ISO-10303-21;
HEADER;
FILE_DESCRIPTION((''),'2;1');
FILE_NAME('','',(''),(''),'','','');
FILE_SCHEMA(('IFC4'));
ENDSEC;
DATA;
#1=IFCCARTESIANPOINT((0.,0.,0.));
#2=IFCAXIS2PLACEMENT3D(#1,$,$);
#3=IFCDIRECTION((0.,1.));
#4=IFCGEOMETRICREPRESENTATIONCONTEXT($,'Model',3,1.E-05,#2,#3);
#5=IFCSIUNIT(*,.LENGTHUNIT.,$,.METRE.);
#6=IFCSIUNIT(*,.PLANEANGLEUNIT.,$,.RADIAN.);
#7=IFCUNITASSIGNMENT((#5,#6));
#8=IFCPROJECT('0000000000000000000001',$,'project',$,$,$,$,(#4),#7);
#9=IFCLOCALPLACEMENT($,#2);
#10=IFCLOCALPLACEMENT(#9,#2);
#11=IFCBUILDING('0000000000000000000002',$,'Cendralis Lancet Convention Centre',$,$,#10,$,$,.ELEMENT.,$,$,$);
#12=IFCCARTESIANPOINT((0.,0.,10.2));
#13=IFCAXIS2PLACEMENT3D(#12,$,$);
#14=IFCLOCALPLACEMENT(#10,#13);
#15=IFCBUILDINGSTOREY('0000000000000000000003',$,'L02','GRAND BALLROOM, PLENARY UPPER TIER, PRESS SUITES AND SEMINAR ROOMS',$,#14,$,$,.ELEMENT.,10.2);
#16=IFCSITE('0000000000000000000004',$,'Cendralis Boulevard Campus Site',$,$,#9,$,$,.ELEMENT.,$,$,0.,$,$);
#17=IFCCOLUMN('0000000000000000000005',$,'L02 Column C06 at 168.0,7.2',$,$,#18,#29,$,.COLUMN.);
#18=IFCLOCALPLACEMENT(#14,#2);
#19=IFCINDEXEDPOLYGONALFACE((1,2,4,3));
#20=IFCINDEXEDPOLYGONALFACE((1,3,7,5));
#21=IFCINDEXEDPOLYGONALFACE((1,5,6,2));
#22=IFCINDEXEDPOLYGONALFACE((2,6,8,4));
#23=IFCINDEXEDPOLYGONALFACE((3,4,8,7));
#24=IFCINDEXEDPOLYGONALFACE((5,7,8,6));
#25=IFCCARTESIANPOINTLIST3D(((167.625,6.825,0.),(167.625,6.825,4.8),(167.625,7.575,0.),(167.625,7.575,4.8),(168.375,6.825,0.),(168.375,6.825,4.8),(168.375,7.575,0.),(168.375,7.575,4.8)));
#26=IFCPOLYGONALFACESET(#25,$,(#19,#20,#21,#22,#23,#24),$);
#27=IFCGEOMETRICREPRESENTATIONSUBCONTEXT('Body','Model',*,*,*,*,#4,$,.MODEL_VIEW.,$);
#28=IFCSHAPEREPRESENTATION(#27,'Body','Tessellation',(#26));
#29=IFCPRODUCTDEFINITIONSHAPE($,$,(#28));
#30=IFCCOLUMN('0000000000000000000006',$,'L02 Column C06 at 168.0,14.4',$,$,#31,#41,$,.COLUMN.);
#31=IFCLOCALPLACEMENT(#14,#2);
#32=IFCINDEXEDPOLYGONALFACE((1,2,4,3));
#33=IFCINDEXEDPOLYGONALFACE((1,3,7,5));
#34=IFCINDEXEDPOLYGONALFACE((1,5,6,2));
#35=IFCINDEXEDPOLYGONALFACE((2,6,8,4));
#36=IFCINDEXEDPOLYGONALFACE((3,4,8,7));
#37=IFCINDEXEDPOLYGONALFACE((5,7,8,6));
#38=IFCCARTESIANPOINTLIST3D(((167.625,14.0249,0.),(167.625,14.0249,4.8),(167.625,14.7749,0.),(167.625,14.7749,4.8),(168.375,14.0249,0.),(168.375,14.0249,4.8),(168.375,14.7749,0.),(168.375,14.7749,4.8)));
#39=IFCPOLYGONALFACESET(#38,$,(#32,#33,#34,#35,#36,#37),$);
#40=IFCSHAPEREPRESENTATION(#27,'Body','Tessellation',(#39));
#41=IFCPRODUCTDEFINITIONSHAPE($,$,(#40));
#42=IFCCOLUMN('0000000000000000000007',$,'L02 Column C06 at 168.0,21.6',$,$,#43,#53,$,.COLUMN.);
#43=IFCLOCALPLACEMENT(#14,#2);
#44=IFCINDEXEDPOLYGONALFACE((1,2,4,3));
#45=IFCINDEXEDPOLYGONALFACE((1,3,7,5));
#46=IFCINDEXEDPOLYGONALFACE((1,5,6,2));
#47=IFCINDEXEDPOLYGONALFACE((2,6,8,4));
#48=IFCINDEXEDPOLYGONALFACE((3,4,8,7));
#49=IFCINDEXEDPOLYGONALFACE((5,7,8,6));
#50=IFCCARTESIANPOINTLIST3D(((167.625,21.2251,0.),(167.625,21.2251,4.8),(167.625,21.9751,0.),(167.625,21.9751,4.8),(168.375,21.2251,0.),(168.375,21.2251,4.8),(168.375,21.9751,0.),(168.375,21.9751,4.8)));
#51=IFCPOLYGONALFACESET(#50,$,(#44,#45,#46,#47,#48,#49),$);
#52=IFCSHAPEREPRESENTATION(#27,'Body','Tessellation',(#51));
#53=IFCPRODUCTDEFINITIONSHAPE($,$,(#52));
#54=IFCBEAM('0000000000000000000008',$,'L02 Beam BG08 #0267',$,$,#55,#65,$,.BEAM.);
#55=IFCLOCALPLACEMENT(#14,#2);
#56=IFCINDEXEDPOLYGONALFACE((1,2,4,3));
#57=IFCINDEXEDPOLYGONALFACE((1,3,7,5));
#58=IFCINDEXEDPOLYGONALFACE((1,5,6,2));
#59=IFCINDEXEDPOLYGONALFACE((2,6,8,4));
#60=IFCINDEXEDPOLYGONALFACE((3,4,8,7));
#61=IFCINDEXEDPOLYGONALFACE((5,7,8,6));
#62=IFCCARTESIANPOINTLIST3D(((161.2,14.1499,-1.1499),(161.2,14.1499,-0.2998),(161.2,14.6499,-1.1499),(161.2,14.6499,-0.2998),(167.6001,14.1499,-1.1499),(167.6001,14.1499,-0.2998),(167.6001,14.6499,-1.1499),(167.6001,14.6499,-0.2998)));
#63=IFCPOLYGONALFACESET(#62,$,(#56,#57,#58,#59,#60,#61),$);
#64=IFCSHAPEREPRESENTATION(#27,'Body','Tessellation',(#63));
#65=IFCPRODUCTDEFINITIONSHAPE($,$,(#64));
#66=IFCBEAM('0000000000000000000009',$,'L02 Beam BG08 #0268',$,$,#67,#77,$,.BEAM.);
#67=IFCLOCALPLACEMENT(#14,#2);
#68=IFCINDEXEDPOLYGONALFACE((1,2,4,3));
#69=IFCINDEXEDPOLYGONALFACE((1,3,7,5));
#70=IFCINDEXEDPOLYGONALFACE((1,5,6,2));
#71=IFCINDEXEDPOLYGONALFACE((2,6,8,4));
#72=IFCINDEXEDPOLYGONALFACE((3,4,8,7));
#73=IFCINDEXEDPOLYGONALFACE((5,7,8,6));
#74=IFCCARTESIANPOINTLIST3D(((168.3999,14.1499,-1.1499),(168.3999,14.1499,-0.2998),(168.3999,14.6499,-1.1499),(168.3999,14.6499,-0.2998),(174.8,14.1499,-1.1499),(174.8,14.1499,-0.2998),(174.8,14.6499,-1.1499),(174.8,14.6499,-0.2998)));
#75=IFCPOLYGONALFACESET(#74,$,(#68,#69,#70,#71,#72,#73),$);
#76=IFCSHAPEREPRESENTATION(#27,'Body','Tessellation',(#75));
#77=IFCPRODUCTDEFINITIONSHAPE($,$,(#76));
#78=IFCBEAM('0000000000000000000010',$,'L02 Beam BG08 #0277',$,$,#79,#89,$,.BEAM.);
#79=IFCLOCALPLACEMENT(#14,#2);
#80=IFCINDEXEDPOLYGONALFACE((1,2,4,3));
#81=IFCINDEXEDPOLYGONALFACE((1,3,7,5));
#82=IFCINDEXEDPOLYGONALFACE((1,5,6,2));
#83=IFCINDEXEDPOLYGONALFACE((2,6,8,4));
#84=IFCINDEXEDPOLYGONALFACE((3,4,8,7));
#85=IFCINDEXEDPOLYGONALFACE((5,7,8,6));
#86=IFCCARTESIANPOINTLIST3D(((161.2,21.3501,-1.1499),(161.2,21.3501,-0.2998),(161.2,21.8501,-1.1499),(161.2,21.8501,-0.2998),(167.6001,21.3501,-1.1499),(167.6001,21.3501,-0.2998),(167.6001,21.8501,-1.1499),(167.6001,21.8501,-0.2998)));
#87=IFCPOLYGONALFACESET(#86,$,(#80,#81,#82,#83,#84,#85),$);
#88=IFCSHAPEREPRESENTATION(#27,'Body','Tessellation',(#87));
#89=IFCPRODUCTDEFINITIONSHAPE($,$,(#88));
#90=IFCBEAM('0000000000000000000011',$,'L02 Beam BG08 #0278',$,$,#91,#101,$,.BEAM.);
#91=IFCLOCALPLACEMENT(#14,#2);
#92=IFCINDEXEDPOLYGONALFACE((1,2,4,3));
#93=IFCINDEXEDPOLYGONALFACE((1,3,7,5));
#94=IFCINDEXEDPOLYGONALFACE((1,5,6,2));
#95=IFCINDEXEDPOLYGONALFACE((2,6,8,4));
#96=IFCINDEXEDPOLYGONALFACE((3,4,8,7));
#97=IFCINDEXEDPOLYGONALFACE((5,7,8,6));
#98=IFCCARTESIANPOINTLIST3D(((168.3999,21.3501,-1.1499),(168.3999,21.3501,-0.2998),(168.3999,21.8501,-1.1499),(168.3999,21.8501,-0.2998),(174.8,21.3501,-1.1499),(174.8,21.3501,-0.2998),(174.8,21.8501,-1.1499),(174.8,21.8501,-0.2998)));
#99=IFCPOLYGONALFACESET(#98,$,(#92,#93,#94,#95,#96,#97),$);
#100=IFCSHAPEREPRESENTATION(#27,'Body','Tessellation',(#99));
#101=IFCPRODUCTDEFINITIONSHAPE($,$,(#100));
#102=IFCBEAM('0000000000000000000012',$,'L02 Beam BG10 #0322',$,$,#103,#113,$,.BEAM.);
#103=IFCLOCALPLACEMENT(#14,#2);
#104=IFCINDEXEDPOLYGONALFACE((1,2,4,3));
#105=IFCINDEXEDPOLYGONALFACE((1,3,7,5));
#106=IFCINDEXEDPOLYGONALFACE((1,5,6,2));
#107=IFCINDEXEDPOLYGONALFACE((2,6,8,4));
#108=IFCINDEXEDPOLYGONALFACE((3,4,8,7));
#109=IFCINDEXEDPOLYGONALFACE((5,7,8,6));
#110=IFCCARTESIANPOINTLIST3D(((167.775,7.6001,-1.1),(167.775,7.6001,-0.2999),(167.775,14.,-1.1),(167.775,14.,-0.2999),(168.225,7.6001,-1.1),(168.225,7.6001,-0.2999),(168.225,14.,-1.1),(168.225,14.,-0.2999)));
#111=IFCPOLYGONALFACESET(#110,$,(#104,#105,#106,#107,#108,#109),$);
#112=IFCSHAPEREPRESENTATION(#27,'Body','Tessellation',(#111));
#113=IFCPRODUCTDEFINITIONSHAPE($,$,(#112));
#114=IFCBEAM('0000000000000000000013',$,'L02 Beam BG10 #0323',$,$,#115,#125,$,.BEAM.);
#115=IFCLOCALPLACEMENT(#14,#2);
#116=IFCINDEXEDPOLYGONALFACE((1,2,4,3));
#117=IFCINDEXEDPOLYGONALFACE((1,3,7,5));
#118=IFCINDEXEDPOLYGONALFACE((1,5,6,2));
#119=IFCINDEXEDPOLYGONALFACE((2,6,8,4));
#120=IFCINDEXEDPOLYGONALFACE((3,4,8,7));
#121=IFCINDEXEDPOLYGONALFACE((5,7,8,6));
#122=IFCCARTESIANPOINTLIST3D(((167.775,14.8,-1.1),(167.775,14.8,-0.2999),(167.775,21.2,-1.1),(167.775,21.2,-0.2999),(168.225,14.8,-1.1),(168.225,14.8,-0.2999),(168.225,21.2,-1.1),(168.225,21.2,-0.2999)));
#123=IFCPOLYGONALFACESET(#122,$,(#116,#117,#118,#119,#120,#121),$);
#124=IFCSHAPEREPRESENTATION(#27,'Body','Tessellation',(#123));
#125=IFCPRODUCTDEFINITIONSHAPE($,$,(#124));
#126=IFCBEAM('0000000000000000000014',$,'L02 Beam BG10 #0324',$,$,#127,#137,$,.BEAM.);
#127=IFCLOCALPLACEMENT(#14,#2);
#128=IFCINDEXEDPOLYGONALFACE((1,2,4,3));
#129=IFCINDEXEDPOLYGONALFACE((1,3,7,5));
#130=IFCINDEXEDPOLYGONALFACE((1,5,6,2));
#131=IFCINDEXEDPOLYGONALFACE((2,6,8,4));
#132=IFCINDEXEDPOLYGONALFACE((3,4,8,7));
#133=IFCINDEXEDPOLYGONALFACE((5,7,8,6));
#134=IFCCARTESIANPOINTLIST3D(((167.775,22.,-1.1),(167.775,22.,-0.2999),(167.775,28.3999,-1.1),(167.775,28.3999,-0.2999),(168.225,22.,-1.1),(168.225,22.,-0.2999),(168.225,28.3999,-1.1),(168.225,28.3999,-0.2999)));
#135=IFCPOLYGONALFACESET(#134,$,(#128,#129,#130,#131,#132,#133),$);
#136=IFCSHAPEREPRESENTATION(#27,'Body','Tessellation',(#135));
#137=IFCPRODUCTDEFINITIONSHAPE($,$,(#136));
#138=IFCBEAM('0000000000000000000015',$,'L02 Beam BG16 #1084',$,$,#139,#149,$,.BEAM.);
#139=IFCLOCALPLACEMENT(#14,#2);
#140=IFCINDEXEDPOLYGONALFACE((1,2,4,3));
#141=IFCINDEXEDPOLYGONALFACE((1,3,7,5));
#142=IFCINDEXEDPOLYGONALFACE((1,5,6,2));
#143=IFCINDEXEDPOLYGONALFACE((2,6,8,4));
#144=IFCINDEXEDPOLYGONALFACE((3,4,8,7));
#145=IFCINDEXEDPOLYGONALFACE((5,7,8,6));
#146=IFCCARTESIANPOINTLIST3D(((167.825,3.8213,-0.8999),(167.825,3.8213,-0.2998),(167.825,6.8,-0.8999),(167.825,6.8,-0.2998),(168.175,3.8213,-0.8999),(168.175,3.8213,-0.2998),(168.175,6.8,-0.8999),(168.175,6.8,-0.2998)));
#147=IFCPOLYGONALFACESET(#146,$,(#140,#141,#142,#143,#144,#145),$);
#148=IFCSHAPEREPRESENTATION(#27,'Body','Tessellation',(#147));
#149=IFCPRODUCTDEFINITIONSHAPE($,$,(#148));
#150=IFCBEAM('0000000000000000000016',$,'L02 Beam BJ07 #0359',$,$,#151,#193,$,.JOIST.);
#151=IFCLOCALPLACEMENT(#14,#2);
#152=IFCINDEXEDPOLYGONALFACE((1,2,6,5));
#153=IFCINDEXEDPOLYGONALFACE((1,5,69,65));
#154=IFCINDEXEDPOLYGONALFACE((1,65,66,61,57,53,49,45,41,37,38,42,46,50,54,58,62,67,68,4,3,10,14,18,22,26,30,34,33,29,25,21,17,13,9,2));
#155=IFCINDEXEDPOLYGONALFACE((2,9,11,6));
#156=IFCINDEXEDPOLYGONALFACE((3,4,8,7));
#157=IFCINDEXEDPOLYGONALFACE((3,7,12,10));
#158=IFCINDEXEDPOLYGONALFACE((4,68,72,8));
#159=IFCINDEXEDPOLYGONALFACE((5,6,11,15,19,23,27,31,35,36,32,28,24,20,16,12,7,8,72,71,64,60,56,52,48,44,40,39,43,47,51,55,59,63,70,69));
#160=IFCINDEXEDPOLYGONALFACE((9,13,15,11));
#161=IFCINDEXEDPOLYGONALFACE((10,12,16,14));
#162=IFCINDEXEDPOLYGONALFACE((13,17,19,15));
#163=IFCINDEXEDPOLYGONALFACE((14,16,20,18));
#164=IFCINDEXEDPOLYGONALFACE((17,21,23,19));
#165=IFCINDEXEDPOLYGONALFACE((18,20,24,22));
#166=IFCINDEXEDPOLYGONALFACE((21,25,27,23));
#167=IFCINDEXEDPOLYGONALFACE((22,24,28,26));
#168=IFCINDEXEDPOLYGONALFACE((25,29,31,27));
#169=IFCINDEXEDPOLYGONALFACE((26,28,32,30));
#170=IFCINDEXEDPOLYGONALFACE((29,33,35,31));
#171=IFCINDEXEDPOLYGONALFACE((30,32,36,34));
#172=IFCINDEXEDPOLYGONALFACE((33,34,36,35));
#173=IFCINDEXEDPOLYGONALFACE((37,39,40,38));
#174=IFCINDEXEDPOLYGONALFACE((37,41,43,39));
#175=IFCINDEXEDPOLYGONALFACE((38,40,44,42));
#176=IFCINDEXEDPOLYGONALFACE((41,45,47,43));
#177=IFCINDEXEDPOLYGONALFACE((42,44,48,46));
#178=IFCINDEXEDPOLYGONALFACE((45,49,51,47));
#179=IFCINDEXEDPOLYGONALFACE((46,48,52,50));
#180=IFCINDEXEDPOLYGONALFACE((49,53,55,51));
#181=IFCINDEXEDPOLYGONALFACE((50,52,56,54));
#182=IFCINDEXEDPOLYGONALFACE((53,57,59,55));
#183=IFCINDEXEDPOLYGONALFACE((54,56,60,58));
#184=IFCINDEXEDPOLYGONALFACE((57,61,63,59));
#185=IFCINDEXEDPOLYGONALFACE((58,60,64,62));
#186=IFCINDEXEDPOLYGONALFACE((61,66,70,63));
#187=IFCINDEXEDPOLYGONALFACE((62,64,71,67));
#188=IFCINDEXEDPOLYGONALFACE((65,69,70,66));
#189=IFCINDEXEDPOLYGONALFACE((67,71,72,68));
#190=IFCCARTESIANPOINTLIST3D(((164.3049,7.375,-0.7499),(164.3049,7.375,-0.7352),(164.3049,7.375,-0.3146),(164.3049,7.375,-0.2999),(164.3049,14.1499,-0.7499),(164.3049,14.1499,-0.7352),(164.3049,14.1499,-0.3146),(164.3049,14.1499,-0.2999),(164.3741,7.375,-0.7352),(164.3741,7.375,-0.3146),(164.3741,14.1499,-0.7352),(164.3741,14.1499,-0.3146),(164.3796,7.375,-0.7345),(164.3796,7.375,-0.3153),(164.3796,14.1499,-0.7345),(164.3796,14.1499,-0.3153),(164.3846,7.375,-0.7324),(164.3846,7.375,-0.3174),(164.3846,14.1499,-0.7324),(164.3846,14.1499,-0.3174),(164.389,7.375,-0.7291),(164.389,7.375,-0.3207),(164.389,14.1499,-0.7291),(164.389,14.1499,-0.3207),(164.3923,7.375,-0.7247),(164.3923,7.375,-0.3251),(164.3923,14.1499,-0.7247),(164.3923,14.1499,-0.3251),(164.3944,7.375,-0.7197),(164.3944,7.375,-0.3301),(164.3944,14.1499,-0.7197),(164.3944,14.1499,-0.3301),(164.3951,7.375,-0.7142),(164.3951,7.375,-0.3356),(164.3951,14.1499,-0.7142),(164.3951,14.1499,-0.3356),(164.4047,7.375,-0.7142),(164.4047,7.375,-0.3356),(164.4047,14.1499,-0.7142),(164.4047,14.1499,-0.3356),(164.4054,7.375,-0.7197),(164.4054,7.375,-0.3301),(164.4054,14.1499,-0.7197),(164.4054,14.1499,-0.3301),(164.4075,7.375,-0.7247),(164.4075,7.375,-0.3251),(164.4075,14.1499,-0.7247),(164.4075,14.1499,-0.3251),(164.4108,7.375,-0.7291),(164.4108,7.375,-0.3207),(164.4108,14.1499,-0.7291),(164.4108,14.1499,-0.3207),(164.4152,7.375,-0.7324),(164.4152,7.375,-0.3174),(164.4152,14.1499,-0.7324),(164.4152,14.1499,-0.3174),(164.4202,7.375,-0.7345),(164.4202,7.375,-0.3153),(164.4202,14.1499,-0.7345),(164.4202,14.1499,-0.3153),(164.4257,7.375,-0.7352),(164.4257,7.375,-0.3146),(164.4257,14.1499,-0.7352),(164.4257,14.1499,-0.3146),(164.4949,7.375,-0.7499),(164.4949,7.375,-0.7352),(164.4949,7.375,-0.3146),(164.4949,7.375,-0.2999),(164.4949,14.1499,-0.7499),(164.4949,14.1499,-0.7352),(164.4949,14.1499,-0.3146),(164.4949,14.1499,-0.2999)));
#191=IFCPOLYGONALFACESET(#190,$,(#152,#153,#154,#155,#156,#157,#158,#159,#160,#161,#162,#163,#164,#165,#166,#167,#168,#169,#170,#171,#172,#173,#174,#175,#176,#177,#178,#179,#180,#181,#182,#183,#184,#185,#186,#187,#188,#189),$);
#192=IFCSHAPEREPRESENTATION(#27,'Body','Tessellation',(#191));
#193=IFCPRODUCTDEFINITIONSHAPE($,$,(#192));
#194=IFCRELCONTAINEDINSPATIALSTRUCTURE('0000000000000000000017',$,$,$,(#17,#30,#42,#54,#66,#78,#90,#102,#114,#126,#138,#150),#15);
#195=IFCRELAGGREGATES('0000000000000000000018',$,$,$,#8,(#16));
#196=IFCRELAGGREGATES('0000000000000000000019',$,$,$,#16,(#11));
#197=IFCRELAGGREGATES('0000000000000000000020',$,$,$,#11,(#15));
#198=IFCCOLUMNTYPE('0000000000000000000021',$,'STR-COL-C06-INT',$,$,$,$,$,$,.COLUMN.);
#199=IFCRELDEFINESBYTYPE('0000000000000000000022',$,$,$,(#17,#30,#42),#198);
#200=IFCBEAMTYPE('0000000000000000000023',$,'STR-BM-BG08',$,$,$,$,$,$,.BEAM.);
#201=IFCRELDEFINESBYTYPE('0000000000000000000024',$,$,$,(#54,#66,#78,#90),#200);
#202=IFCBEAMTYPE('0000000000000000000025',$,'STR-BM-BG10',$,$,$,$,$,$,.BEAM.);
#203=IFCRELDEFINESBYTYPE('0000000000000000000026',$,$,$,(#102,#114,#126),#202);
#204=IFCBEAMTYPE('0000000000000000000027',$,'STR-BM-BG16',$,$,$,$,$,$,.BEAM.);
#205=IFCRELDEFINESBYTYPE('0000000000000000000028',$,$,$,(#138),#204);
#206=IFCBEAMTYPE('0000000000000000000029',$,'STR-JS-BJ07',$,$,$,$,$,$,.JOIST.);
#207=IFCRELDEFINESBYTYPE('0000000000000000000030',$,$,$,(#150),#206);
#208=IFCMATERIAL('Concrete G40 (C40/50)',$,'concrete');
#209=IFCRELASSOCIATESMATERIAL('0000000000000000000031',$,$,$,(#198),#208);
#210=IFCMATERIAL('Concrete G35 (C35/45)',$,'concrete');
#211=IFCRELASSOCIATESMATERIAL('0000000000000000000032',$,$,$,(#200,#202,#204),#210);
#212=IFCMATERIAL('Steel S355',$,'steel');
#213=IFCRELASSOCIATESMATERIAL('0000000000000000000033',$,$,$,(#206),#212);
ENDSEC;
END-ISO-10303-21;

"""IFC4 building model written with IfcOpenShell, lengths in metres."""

from ifc_helpers import new_model, si_unit, direction, frame, origin, origin_2d, place, context, subcontext, project, spatial, rectangle, i_section, extrude, material, material_profile, profile_set, type_object, element, save


model = new_model("IFC4")

# Units and contexts
model_context = context("Model", 3, precision=1e-05, world=origin(), true_north=direction((0.0, 1.0)))
body_context = subcontext(model_context, "Body", "Model", "MODEL_VIEW")
ifc_project = project(units=[si_unit("LENGTHUNIT", "METRE"), si_unit("PLANEANGLEUNIT", "RADIAN")], contexts=[model_context])

# Site, building, storey
site_placement = place(None, origin())
site = spatial("IfcSite", under=ifc_project, at=site_placement, Name="Cendralis Boulevard Campus Site", CompositionType="ELEMENT", RefElevation=0.0)
building_placement = place(site_placement, origin())
building = spatial("IfcBuilding", under=site, at=building_placement, Name="Cendralis Lancet Convention Centre", CompositionType="ELEMENT")
storey_placement = place(building_placement, frame((0.0, 0.0, 10.2)))
storey = spatial("IfcBuildingStorey", under=building, at=storey_placement, Name="L02", Description="GRAND BALLROOM, PLENARY UPPER TIER, PRESS SUITES AND SEMINAR ROOMS", CompositionType="ELEMENT", Elevation=10.2)

# Columns
ifc_material_1 = material(Name="Concrete G40 (C40/50)", Category="concrete")
ifc_material_profile_1 = material_profile(ifc_material_1, rectangle(XDim=0.75, YDim=0.75, at=origin_2d()), Name="RC 750x750")
ifc_profile_set_1 = profile_set([ifc_material_profile_1], Name="Concrete G40 (C40/50)")
column_type = type_object("IfcColumnType", Name="STR-COL-C06-INT", PredefinedType="COLUMN", material=ifc_profile_set_1)
for number, where, z_axis, x_axis, name in (
    (1, (168.0, 7.2, 0.0), (0.0, 0.0, 1.0), (1.0, 0.0, 0.0), "L02 Column C06 at 168.0,7.2"),
    (2, (168.0, 14.3999, 0.0), (0.0, 0.0, 1.0), (1.0, 0.0, 0.0), "L02 Column C06 at 168.0,14.4"),
    (3, (168.0, 21.6001, 0.0), (0.0, 0.0, 1.0), (1.0, 0.0, 0.0), "L02 Column C06 at 168.0,21.6"),
):
    element("IfcColumn", number, at=place(storey_placement, frame(where, z_axis=z_axis, x_axis=x_axis)), inside=storey, type_object=column_type, Name=name, PredefinedType="COLUMN", context=body_context, shape_type="SweptSolid", body=[
        extrude(rectangle(XDim=0.75, YDim=0.75, at=origin_2d()), origin(), (0.0, 0.0, 1.0), 4.8),
    ])

# Beams
ifc_material_2 = material(Name="Concrete G35 (C35/45)", Category="concrete")
ifc_material_profile_2 = material_profile(ifc_material_2, rectangle(XDim=0.5, YDim=0.8501, at=origin_2d()), Name="RCB 500x850")
ifc_profile_set_2 = profile_set([ifc_material_profile_2], Name="Concrete G35 (C35/45)")
beam_type_1 = type_object("IfcBeamType", Name="STR-BM-BG08", PredefinedType="BEAM", material=ifc_profile_set_2)
for number, where, z_axis, x_axis, name in (
    (4, (161.2, 14.3999, -0.7249), (1.0, 0.0, 0.0), (0.0, 1.0, 0.0), "L02 Beam BG08 #0267"),
    (5, (168.3999, 14.3999, -0.7249), (1.0, 0.0, 0.0), (0.0, 1.0, 0.0), "L02 Beam BG08 #0268"),
    (6, (161.2, 21.6001, -0.7249), (1.0, 0.0, 0.0), (0.0, 1.0, 0.0), "L02 Beam BG08 #0277"),
    (7, (168.3999, 21.6001, -0.7249), (1.0, 0.0, 0.0), (0.0, 1.0, 0.0), "L02 Beam BG08 #0278"),
):
    element("IfcBeam", number, at=place(storey_placement, frame(where, z_axis=z_axis, x_axis=x_axis)), inside=storey, type_object=beam_type_1, Name=name, PredefinedType="BEAM", context=body_context, shape_type="SweptSolid", body=[
        extrude(rectangle(XDim=0.5, YDim=0.8501, at=origin_2d()), origin(), (0.0, 0.0, 1.0), 6.4001),
    ])
ifc_material_profile_3 = material_profile(ifc_material_2, rectangle(XDim=0.45, YDim=0.8, at=origin_2d()), Name="RCB 450x800")
ifc_profile_set_3 = profile_set([ifc_material_profile_3], Name="Concrete G35 (C35/45)")
beam_type_2 = type_object("IfcBeamType", Name="STR-BM-BG10", PredefinedType="BEAM", material=ifc_profile_set_3)
for number, where, z_axis, x_axis, name in (
    (8, (168.0, 7.6001, -0.7), (0.0, 1.0, 0.0), (-1.0, 0.0, 0.0), "L02 Beam BG10 #0322"),
    (9, (168.0, 14.8, -0.7), (0.0, 1.0, 0.0), (-1.0, 0.0, 0.0), "L02 Beam BG10 #0323"),
    (10, (168.0, 22.0, -0.7), (0.0, 1.0, 0.0), (-1.0, 0.0, 0.0), "L02 Beam BG10 #0324"),
):
    element("IfcBeam", number, at=place(storey_placement, frame(where, z_axis=z_axis, x_axis=x_axis)), inside=storey, type_object=beam_type_2, Name=name, PredefinedType="BEAM", context=body_context, shape_type="SweptSolid", body=[
        extrude(rectangle(XDim=0.45, YDim=0.8, at=origin_2d()), origin(), (0.0, 0.0, 1.0), 6.3999),
    ])
ifc_material_profile_4 = material_profile(ifc_material_2, rectangle(XDim=0.3501, YDim=0.6001, at=origin_2d()), Name="RCB 350x600")
ifc_profile_set_4 = profile_set([ifc_material_profile_4], Name="Concrete G35 (C35/45)")
beam_type_3 = type_object("IfcBeamType", Name="STR-BM-BG16", PredefinedType="BEAM", material=ifc_profile_set_4)
beam_1_placement = place(storey_placement, frame((168.0, 3.8213, -0.5999), z_axis=(0.0, 1.0, 0.0), x_axis=(-1.0, 0.0, 0.0)))
element("IfcBeam", 11, at=beam_1_placement, inside=storey, type_object=beam_type_3, Name="L02 Beam BG16 #1084", PredefinedType="BEAM", context=body_context, shape_type="SweptSolid", body=[
    extrude(rectangle(XDim=0.3501, YDim=0.6001, at=origin_2d()), origin(), (0.0, 0.0, 1.0), 2.9788),
])
ifc_material_3 = material(Name="Steel S355", Category="steel")
ifc_material_profile_5 = material_profile(ifc_material_3, i_section(OverallWidth=0.1899, OverallDepth=0.45, WebThickness=0.0095, FlangeThickness=0.0146, FilletRadius=0.021, at=origin_2d()), Name="IPE 450")
ifc_profile_set_5 = profile_set([ifc_material_profile_5], Name="Steel S355")
beam_type_4 = type_object("IfcBeamType", Name="STR-JS-BJ07", PredefinedType="JOIST", material=ifc_profile_set_5)
beam_2_placement = place(storey_placement, frame((164.3999, 7.375, -0.5249), z_axis=(0.0, 1.0, 0.0), x_axis=(-1.0, 0.0, 0.0)))
element("IfcBeam", 12, at=beam_2_placement, inside=storey, type_object=beam_type_4, Name="L02 Beam BJ07 #0359", PredefinedType="JOIST", context=body_context, shape_type="SweptSolid", body=[
    extrude(i_section(OverallWidth=0.1899, OverallDepth=0.45, WebThickness=0.0095, FlangeThickness=0.0146, FilletRadius=0.021, at=origin_2d()), origin(), (0.0, 0.0, 1.0), 6.7749),
])

save(model, "model.ifc")
